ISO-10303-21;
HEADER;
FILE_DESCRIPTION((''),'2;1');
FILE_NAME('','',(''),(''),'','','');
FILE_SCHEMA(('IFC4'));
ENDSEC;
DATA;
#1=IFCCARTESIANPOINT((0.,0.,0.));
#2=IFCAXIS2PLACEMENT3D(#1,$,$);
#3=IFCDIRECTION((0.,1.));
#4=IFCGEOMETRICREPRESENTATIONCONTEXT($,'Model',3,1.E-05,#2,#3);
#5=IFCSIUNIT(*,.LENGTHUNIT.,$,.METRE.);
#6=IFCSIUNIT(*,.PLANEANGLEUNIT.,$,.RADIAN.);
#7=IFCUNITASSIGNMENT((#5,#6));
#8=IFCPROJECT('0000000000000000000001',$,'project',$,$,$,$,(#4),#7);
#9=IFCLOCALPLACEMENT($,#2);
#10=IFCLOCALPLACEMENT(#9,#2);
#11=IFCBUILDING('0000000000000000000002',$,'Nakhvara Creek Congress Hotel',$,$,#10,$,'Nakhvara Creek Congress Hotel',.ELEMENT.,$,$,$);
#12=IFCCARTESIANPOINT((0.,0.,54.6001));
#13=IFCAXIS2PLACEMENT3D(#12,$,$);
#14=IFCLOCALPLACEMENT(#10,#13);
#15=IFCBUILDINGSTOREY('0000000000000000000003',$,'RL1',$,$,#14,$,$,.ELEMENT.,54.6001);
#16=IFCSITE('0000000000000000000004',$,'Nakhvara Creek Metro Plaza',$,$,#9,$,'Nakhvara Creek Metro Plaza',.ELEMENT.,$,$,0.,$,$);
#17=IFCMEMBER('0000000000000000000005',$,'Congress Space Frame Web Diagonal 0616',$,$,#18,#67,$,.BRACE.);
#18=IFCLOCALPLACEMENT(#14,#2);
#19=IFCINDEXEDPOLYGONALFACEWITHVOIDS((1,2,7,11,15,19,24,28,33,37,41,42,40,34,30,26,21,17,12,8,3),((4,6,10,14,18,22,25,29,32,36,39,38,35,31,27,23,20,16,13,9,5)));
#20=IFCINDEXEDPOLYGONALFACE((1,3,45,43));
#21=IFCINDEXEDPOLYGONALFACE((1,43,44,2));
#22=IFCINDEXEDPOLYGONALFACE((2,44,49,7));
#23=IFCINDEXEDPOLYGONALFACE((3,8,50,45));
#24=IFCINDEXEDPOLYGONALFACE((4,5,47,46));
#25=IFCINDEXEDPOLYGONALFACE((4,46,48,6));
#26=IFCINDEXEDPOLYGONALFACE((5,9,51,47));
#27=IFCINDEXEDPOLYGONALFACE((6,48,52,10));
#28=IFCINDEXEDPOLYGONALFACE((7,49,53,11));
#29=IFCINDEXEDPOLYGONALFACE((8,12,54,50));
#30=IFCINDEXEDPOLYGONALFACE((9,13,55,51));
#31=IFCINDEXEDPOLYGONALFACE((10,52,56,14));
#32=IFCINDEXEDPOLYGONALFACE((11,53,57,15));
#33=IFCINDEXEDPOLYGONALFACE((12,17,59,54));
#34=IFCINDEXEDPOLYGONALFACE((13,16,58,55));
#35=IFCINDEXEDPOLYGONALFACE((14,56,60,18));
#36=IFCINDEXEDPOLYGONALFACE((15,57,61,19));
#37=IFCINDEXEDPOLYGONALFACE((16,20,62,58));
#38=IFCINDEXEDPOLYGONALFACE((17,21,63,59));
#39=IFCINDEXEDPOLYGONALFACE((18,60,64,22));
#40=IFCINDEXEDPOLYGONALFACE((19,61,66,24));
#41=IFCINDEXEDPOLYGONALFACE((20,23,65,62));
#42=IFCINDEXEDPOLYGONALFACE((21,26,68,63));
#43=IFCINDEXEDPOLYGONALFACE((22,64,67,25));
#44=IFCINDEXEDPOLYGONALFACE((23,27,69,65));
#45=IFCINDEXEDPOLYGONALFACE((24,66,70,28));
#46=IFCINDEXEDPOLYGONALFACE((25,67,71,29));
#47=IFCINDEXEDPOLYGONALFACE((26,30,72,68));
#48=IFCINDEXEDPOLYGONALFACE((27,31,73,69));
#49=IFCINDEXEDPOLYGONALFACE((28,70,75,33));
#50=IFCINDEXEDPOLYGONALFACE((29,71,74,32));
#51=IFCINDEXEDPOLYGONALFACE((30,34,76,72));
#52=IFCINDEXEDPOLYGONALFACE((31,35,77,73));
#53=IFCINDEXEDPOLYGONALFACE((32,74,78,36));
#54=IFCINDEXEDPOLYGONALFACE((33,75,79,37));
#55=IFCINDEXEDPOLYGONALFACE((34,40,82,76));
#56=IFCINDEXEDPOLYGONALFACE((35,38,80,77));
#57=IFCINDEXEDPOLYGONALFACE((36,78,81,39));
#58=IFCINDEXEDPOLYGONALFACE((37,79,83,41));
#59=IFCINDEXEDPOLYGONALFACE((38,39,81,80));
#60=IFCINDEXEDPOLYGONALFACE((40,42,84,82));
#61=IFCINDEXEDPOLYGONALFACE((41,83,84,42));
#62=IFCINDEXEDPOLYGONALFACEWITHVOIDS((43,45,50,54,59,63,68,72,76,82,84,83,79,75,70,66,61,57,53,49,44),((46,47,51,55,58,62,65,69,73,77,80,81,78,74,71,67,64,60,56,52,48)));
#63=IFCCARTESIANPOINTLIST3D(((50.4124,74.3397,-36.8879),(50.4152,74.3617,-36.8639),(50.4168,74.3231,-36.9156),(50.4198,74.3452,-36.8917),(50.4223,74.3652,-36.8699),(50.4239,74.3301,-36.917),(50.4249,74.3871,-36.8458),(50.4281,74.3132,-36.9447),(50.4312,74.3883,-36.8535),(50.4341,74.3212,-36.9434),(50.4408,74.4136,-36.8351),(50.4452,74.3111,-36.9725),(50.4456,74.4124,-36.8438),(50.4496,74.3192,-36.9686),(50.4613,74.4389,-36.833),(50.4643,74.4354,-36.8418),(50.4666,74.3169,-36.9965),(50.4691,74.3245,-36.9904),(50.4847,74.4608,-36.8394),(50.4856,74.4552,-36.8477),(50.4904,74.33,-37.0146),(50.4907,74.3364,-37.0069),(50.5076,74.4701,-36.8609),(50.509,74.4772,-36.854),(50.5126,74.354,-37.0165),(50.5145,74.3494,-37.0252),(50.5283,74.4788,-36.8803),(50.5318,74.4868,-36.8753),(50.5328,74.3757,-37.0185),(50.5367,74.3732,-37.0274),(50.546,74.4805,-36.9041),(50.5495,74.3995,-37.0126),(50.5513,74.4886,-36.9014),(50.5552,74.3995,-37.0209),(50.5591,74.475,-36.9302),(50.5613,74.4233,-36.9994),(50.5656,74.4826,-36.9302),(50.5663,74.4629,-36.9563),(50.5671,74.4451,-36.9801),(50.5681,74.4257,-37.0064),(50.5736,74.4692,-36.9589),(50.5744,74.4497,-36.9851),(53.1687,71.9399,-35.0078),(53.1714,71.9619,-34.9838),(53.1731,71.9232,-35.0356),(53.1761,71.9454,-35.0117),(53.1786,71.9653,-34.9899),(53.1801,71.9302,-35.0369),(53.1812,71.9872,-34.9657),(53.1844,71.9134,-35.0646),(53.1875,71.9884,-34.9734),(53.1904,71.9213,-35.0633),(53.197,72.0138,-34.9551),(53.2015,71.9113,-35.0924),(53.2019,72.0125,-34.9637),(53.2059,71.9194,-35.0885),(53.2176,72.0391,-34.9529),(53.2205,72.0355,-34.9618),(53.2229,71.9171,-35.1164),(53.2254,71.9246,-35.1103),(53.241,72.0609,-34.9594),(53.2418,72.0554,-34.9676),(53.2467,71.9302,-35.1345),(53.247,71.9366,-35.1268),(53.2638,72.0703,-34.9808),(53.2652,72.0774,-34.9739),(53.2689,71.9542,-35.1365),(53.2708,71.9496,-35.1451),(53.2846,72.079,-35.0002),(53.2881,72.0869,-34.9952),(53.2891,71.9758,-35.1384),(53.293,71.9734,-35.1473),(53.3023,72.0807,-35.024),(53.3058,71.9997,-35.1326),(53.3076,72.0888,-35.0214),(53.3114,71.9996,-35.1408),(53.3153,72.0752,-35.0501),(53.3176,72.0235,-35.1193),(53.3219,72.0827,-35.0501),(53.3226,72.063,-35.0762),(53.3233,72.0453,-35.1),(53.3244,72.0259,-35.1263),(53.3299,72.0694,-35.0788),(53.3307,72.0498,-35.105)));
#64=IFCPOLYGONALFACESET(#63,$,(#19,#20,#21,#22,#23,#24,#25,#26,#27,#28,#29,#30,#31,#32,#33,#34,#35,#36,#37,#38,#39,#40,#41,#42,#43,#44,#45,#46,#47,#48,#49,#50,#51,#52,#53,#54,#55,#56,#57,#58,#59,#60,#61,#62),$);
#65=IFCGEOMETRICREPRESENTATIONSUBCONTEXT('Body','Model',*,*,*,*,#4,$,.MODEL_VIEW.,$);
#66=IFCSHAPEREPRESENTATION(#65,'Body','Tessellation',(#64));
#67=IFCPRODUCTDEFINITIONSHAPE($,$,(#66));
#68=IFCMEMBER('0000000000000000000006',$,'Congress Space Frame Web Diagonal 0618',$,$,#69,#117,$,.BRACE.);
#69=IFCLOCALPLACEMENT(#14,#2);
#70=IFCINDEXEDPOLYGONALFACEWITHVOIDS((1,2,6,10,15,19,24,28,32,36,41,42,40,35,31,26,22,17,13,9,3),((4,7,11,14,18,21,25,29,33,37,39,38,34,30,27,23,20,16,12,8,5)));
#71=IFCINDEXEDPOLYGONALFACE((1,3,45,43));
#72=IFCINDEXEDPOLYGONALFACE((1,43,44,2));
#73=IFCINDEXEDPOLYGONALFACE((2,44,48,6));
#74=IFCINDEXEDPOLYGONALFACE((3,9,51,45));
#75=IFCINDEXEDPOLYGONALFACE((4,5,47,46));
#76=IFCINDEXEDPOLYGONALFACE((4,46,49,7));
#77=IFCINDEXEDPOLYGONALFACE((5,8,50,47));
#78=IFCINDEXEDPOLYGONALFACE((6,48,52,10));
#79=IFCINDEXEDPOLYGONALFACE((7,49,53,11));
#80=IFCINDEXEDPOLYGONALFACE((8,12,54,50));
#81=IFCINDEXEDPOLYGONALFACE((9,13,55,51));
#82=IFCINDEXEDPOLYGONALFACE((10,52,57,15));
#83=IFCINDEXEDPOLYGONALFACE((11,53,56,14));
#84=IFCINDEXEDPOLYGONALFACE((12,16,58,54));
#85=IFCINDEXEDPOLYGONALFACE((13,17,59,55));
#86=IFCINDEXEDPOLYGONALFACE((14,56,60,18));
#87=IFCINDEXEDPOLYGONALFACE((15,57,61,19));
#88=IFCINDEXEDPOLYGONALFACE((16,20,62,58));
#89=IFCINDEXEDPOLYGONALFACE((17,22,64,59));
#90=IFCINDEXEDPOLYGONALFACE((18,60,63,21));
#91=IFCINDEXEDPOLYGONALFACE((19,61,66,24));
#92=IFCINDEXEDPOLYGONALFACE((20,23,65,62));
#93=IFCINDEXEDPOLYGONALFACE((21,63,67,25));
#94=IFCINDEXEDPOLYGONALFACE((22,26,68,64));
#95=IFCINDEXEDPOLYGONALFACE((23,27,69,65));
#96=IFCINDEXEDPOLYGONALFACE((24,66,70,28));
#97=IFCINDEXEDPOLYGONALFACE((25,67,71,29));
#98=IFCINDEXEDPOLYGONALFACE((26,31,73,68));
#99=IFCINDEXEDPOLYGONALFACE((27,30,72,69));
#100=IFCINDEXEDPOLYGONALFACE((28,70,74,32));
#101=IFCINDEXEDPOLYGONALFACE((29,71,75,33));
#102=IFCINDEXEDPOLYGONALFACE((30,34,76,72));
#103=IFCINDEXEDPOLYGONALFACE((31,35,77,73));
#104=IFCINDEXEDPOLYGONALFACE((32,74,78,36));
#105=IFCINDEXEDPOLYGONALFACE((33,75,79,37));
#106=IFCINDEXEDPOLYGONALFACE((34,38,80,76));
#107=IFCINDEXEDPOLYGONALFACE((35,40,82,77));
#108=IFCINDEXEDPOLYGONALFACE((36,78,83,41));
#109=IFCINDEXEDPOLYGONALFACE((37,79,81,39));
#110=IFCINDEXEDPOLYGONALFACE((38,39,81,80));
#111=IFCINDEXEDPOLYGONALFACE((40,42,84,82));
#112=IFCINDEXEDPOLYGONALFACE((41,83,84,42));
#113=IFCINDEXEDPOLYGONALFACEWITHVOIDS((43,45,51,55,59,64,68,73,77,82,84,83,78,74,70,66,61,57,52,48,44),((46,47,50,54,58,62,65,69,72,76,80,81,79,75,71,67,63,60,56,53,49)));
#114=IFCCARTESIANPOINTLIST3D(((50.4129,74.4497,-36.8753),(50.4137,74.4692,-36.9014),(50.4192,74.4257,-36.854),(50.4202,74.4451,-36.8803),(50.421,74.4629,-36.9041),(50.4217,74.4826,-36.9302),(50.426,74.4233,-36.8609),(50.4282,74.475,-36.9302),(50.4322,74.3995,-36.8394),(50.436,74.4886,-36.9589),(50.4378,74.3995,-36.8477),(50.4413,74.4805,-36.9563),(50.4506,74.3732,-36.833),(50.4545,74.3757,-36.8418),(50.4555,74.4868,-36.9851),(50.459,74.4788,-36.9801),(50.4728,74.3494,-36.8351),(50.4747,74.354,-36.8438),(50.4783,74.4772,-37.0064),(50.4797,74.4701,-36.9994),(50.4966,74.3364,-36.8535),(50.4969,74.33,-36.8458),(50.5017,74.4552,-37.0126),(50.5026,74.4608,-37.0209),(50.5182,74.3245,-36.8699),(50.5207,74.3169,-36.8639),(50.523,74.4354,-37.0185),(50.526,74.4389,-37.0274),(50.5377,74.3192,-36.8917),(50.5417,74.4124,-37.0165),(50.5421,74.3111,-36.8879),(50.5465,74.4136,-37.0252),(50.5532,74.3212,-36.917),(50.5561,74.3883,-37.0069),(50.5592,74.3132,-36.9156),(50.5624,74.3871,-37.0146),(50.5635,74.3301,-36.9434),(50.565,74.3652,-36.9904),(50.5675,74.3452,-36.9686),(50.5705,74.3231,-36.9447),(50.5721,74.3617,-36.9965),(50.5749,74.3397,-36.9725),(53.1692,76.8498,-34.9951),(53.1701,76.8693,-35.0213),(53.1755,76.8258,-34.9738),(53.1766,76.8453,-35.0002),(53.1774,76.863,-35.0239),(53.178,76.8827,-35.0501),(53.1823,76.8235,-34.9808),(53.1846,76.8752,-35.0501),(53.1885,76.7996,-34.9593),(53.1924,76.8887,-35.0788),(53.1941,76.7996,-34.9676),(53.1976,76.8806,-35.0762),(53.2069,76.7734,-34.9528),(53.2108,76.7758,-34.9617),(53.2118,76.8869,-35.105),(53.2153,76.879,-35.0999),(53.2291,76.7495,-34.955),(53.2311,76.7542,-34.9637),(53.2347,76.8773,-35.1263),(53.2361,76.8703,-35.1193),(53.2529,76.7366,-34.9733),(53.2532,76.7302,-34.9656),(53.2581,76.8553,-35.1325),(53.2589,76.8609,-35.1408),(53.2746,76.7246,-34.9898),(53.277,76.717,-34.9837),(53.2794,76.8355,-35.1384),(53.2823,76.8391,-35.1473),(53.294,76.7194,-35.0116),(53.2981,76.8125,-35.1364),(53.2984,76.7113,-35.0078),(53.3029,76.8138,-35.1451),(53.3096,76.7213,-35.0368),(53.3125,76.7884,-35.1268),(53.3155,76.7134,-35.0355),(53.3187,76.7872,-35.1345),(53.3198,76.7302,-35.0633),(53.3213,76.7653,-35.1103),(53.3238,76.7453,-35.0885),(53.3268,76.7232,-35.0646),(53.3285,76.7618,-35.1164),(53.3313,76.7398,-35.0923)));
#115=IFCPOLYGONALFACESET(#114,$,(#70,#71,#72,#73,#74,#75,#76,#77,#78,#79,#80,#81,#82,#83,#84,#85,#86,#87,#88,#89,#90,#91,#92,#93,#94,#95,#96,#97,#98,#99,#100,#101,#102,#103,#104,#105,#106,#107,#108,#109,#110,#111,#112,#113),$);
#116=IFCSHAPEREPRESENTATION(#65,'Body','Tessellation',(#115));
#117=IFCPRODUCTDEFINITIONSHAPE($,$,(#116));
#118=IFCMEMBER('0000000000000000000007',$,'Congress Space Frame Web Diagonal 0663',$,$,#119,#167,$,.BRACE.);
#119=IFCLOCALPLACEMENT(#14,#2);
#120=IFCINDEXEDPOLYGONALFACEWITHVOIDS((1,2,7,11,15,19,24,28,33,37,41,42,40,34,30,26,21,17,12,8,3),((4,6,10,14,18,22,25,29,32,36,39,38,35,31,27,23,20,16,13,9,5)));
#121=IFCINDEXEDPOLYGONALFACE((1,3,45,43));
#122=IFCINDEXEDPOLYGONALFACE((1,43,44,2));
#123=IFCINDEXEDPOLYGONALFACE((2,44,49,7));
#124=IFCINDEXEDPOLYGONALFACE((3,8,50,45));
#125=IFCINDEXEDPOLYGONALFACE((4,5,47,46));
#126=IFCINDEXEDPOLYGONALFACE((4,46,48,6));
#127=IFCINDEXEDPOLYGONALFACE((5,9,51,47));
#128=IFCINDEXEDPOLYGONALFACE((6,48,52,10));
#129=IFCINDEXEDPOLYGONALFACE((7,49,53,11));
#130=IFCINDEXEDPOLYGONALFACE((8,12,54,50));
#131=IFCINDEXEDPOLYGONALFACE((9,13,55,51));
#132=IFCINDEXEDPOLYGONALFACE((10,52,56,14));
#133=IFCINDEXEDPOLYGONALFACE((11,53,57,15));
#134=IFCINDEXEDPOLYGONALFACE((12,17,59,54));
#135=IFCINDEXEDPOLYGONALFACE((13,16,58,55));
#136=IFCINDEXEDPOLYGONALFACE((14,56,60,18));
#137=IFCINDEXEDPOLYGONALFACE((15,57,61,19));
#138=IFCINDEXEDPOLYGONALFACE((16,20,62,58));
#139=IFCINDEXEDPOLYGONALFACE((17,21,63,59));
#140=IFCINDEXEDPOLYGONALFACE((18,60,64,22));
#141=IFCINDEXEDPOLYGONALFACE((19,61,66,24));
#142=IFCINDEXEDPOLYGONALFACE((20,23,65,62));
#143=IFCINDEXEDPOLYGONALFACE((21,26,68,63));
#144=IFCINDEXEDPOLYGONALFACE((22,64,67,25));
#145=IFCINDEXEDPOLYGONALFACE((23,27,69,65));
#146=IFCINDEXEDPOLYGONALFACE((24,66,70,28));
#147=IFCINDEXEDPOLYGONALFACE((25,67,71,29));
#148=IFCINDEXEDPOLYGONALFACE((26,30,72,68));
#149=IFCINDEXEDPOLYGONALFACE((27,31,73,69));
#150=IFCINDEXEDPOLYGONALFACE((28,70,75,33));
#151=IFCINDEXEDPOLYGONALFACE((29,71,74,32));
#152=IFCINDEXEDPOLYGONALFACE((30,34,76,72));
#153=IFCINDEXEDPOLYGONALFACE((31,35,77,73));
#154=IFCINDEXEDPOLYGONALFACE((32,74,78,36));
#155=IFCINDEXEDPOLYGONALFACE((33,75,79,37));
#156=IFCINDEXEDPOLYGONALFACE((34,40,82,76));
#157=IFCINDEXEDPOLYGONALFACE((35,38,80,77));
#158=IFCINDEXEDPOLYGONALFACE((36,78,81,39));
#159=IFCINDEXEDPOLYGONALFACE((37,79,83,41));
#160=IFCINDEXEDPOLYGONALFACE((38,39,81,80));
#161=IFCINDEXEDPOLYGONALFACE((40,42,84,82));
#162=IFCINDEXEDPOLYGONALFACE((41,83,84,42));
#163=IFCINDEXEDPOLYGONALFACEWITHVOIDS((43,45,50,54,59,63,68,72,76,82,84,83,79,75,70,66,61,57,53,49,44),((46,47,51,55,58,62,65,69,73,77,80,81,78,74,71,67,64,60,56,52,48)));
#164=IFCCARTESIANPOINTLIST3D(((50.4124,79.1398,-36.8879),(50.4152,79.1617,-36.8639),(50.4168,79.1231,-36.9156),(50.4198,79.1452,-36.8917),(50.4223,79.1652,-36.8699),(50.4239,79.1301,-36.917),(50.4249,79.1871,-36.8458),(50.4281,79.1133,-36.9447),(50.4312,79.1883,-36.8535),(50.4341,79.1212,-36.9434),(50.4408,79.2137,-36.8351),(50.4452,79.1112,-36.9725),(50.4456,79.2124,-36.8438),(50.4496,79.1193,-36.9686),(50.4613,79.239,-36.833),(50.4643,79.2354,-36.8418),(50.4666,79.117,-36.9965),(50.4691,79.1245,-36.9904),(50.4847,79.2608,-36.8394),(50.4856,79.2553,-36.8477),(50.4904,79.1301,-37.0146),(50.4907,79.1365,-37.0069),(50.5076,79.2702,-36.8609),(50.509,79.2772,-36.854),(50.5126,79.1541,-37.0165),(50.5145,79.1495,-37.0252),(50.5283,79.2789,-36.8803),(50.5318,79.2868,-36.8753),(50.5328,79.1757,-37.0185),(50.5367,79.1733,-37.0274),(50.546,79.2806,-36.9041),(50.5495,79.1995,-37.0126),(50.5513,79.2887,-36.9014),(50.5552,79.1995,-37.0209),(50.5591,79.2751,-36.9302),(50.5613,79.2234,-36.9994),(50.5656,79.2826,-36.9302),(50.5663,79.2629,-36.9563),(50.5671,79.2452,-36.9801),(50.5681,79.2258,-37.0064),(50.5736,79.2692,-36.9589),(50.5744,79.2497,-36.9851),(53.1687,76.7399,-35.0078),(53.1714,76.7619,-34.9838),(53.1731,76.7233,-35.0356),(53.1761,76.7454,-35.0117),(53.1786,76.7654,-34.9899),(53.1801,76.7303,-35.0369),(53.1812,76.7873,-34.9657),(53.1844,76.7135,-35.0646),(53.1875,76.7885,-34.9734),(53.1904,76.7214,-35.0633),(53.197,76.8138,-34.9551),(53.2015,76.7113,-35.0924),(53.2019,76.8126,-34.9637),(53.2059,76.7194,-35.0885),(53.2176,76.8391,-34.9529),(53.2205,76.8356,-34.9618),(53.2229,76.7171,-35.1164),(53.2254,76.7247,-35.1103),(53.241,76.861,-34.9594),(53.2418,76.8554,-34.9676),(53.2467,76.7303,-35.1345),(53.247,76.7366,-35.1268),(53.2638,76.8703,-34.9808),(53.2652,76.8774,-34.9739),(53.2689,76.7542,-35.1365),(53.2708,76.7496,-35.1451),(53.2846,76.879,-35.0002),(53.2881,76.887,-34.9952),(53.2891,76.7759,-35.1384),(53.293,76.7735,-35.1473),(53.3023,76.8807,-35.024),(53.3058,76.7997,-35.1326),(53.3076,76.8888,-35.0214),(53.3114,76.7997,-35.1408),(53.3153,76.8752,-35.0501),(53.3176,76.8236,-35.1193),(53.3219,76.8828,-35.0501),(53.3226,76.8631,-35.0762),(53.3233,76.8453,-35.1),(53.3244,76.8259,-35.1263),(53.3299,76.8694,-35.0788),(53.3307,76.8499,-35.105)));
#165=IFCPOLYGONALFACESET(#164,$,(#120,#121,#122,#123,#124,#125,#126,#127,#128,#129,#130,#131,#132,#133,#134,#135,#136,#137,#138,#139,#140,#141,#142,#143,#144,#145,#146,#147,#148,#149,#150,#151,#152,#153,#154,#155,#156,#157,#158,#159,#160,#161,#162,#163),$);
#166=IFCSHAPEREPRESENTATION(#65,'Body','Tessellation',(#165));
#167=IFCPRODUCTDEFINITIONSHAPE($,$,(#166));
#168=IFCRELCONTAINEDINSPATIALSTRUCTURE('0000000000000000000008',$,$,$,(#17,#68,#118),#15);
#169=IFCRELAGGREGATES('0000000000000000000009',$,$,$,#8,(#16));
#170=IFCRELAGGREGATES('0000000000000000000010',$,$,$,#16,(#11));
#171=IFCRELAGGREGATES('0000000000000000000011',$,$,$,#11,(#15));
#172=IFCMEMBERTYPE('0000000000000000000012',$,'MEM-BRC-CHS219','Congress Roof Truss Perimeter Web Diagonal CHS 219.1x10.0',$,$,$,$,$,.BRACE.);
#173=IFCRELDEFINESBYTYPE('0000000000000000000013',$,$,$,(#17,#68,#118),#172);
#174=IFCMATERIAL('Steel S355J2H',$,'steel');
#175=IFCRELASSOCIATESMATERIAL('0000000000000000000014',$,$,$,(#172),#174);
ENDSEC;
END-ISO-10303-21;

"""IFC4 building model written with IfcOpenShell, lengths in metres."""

from ifc_helpers import new_model, si_unit, direction, frame, origin, origin_2d, place, context, subcontext, project, spatial, hollow_circle, extrude, material, material_profile, profile_set, type_object, element, save


model = new_model("IFC4")

# Units and contexts
model_context = context("Model", 3, precision=1e-05, world=origin(), true_north=direction((0.0, 1.0)))
body_context = subcontext(model_context, "Body", "Model", "MODEL_VIEW")
ifc_project = project(units=[si_unit("LENGTHUNIT", "METRE"), si_unit("PLANEANGLEUNIT", "RADIAN")], contexts=[model_context])

# Site, building, storey
site_placement = place(None, origin())
site = spatial("IfcSite", under=ifc_project, at=site_placement, Name="Nakhvara Creek Metro Plaza", LongName="Nakhvara Creek Metro Plaza", CompositionType="ELEMENT", RefElevation=0.0)
building_placement = place(site_placement, origin())
building = spatial("IfcBuilding", under=site, at=building_placement, Name="Nakhvara Creek Congress Hotel", LongName="Nakhvara Creek Congress Hotel", CompositionType="ELEMENT")
storey_placement = place(building_placement, frame((0.0, 0.0, 54.6001)))
storey = spatial("IfcBuildingStorey", under=building, at=storey_placement, Name="RL1", CompositionType="ELEMENT", Elevation=54.6001)

# Members
ifc_material_1 = material(Name="Steel S355J2H", Category="steel")
ifc_material_profile_1 = material_profile(ifc_material_1, hollow_circle(Radius=0.1096, WallThickness=0.01, at=origin_2d()), Name="CHS 219.1x10.0", Category="LoadBearing")
ifc_profile_set_1 = profile_set([ifc_material_profile_1], Name="Steel S355J2H")
member_type_1 = type_object("IfcMemberType", Name="MEM-BRC-CHS219", Description="Congress Roof Truss Perimeter Web Diagonal CHS 219.1x10.0", PredefinedType="BRACE", material=ifc_profile_set_1)
member_1_placement = place(storey_placement, frame((50.4937, 74.3999, -36.9302), z_axis=(0.670649, -0.583922, 0.457455), x_axis=(0.656658, 0.754188, 0.0)))
element("IfcMember", 1, at=member_1_placement, inside=storey, type_object=member_type_1, Name="Congress Space Frame Web Diagonal 0616", PredefinedType="BRACE", context=body_context, shape_type="SweptSolid", body=[
    extrude(hollow_circle(Radius=0.1096, WallThickness=0.01, at=origin_2d()), origin(), (0.0, 0.0, 1.0), 4.1099),
])
member_2_placement = place(storey_placement, frame((50.4937, 74.3999, -36.9302), z_axis=(0.670626, 0.583961, 0.457439), x_axis=(-0.656696, 0.754155, 0.0)))
element("IfcMember", 2, at=member_2_placement, inside=storey, type_object=member_type_1, Name="Congress Space Frame Web Diagonal 0618", PredefinedType="BRACE", context=body_context, shape_type="SweptSolid", body=[
    extrude(hollow_circle(Radius=0.1096, WallThickness=0.01, at=origin_2d()), origin(), (0.0, 0.0, 1.0), 4.1101),
])
member_3_placement = place(storey_placement, frame((50.4937, 79.2, -36.9302), z_axis=(0.670649, -0.583922, 0.457455), x_axis=(0.656658, 0.754188, 0.0)))
element("IfcMember", 3, at=member_3_placement, inside=storey, type_object=member_type_1, Name="Congress Space Frame Web Diagonal 0663", PredefinedType="BRACE", context=body_context, shape_type="SweptSolid", body=[
    extrude(hollow_circle(Radius=0.1096, WallThickness=0.01, at=origin_2d()), origin(), (0.0, 0.0, 1.0), 4.1099),
])

save(model, "model.ifc")
